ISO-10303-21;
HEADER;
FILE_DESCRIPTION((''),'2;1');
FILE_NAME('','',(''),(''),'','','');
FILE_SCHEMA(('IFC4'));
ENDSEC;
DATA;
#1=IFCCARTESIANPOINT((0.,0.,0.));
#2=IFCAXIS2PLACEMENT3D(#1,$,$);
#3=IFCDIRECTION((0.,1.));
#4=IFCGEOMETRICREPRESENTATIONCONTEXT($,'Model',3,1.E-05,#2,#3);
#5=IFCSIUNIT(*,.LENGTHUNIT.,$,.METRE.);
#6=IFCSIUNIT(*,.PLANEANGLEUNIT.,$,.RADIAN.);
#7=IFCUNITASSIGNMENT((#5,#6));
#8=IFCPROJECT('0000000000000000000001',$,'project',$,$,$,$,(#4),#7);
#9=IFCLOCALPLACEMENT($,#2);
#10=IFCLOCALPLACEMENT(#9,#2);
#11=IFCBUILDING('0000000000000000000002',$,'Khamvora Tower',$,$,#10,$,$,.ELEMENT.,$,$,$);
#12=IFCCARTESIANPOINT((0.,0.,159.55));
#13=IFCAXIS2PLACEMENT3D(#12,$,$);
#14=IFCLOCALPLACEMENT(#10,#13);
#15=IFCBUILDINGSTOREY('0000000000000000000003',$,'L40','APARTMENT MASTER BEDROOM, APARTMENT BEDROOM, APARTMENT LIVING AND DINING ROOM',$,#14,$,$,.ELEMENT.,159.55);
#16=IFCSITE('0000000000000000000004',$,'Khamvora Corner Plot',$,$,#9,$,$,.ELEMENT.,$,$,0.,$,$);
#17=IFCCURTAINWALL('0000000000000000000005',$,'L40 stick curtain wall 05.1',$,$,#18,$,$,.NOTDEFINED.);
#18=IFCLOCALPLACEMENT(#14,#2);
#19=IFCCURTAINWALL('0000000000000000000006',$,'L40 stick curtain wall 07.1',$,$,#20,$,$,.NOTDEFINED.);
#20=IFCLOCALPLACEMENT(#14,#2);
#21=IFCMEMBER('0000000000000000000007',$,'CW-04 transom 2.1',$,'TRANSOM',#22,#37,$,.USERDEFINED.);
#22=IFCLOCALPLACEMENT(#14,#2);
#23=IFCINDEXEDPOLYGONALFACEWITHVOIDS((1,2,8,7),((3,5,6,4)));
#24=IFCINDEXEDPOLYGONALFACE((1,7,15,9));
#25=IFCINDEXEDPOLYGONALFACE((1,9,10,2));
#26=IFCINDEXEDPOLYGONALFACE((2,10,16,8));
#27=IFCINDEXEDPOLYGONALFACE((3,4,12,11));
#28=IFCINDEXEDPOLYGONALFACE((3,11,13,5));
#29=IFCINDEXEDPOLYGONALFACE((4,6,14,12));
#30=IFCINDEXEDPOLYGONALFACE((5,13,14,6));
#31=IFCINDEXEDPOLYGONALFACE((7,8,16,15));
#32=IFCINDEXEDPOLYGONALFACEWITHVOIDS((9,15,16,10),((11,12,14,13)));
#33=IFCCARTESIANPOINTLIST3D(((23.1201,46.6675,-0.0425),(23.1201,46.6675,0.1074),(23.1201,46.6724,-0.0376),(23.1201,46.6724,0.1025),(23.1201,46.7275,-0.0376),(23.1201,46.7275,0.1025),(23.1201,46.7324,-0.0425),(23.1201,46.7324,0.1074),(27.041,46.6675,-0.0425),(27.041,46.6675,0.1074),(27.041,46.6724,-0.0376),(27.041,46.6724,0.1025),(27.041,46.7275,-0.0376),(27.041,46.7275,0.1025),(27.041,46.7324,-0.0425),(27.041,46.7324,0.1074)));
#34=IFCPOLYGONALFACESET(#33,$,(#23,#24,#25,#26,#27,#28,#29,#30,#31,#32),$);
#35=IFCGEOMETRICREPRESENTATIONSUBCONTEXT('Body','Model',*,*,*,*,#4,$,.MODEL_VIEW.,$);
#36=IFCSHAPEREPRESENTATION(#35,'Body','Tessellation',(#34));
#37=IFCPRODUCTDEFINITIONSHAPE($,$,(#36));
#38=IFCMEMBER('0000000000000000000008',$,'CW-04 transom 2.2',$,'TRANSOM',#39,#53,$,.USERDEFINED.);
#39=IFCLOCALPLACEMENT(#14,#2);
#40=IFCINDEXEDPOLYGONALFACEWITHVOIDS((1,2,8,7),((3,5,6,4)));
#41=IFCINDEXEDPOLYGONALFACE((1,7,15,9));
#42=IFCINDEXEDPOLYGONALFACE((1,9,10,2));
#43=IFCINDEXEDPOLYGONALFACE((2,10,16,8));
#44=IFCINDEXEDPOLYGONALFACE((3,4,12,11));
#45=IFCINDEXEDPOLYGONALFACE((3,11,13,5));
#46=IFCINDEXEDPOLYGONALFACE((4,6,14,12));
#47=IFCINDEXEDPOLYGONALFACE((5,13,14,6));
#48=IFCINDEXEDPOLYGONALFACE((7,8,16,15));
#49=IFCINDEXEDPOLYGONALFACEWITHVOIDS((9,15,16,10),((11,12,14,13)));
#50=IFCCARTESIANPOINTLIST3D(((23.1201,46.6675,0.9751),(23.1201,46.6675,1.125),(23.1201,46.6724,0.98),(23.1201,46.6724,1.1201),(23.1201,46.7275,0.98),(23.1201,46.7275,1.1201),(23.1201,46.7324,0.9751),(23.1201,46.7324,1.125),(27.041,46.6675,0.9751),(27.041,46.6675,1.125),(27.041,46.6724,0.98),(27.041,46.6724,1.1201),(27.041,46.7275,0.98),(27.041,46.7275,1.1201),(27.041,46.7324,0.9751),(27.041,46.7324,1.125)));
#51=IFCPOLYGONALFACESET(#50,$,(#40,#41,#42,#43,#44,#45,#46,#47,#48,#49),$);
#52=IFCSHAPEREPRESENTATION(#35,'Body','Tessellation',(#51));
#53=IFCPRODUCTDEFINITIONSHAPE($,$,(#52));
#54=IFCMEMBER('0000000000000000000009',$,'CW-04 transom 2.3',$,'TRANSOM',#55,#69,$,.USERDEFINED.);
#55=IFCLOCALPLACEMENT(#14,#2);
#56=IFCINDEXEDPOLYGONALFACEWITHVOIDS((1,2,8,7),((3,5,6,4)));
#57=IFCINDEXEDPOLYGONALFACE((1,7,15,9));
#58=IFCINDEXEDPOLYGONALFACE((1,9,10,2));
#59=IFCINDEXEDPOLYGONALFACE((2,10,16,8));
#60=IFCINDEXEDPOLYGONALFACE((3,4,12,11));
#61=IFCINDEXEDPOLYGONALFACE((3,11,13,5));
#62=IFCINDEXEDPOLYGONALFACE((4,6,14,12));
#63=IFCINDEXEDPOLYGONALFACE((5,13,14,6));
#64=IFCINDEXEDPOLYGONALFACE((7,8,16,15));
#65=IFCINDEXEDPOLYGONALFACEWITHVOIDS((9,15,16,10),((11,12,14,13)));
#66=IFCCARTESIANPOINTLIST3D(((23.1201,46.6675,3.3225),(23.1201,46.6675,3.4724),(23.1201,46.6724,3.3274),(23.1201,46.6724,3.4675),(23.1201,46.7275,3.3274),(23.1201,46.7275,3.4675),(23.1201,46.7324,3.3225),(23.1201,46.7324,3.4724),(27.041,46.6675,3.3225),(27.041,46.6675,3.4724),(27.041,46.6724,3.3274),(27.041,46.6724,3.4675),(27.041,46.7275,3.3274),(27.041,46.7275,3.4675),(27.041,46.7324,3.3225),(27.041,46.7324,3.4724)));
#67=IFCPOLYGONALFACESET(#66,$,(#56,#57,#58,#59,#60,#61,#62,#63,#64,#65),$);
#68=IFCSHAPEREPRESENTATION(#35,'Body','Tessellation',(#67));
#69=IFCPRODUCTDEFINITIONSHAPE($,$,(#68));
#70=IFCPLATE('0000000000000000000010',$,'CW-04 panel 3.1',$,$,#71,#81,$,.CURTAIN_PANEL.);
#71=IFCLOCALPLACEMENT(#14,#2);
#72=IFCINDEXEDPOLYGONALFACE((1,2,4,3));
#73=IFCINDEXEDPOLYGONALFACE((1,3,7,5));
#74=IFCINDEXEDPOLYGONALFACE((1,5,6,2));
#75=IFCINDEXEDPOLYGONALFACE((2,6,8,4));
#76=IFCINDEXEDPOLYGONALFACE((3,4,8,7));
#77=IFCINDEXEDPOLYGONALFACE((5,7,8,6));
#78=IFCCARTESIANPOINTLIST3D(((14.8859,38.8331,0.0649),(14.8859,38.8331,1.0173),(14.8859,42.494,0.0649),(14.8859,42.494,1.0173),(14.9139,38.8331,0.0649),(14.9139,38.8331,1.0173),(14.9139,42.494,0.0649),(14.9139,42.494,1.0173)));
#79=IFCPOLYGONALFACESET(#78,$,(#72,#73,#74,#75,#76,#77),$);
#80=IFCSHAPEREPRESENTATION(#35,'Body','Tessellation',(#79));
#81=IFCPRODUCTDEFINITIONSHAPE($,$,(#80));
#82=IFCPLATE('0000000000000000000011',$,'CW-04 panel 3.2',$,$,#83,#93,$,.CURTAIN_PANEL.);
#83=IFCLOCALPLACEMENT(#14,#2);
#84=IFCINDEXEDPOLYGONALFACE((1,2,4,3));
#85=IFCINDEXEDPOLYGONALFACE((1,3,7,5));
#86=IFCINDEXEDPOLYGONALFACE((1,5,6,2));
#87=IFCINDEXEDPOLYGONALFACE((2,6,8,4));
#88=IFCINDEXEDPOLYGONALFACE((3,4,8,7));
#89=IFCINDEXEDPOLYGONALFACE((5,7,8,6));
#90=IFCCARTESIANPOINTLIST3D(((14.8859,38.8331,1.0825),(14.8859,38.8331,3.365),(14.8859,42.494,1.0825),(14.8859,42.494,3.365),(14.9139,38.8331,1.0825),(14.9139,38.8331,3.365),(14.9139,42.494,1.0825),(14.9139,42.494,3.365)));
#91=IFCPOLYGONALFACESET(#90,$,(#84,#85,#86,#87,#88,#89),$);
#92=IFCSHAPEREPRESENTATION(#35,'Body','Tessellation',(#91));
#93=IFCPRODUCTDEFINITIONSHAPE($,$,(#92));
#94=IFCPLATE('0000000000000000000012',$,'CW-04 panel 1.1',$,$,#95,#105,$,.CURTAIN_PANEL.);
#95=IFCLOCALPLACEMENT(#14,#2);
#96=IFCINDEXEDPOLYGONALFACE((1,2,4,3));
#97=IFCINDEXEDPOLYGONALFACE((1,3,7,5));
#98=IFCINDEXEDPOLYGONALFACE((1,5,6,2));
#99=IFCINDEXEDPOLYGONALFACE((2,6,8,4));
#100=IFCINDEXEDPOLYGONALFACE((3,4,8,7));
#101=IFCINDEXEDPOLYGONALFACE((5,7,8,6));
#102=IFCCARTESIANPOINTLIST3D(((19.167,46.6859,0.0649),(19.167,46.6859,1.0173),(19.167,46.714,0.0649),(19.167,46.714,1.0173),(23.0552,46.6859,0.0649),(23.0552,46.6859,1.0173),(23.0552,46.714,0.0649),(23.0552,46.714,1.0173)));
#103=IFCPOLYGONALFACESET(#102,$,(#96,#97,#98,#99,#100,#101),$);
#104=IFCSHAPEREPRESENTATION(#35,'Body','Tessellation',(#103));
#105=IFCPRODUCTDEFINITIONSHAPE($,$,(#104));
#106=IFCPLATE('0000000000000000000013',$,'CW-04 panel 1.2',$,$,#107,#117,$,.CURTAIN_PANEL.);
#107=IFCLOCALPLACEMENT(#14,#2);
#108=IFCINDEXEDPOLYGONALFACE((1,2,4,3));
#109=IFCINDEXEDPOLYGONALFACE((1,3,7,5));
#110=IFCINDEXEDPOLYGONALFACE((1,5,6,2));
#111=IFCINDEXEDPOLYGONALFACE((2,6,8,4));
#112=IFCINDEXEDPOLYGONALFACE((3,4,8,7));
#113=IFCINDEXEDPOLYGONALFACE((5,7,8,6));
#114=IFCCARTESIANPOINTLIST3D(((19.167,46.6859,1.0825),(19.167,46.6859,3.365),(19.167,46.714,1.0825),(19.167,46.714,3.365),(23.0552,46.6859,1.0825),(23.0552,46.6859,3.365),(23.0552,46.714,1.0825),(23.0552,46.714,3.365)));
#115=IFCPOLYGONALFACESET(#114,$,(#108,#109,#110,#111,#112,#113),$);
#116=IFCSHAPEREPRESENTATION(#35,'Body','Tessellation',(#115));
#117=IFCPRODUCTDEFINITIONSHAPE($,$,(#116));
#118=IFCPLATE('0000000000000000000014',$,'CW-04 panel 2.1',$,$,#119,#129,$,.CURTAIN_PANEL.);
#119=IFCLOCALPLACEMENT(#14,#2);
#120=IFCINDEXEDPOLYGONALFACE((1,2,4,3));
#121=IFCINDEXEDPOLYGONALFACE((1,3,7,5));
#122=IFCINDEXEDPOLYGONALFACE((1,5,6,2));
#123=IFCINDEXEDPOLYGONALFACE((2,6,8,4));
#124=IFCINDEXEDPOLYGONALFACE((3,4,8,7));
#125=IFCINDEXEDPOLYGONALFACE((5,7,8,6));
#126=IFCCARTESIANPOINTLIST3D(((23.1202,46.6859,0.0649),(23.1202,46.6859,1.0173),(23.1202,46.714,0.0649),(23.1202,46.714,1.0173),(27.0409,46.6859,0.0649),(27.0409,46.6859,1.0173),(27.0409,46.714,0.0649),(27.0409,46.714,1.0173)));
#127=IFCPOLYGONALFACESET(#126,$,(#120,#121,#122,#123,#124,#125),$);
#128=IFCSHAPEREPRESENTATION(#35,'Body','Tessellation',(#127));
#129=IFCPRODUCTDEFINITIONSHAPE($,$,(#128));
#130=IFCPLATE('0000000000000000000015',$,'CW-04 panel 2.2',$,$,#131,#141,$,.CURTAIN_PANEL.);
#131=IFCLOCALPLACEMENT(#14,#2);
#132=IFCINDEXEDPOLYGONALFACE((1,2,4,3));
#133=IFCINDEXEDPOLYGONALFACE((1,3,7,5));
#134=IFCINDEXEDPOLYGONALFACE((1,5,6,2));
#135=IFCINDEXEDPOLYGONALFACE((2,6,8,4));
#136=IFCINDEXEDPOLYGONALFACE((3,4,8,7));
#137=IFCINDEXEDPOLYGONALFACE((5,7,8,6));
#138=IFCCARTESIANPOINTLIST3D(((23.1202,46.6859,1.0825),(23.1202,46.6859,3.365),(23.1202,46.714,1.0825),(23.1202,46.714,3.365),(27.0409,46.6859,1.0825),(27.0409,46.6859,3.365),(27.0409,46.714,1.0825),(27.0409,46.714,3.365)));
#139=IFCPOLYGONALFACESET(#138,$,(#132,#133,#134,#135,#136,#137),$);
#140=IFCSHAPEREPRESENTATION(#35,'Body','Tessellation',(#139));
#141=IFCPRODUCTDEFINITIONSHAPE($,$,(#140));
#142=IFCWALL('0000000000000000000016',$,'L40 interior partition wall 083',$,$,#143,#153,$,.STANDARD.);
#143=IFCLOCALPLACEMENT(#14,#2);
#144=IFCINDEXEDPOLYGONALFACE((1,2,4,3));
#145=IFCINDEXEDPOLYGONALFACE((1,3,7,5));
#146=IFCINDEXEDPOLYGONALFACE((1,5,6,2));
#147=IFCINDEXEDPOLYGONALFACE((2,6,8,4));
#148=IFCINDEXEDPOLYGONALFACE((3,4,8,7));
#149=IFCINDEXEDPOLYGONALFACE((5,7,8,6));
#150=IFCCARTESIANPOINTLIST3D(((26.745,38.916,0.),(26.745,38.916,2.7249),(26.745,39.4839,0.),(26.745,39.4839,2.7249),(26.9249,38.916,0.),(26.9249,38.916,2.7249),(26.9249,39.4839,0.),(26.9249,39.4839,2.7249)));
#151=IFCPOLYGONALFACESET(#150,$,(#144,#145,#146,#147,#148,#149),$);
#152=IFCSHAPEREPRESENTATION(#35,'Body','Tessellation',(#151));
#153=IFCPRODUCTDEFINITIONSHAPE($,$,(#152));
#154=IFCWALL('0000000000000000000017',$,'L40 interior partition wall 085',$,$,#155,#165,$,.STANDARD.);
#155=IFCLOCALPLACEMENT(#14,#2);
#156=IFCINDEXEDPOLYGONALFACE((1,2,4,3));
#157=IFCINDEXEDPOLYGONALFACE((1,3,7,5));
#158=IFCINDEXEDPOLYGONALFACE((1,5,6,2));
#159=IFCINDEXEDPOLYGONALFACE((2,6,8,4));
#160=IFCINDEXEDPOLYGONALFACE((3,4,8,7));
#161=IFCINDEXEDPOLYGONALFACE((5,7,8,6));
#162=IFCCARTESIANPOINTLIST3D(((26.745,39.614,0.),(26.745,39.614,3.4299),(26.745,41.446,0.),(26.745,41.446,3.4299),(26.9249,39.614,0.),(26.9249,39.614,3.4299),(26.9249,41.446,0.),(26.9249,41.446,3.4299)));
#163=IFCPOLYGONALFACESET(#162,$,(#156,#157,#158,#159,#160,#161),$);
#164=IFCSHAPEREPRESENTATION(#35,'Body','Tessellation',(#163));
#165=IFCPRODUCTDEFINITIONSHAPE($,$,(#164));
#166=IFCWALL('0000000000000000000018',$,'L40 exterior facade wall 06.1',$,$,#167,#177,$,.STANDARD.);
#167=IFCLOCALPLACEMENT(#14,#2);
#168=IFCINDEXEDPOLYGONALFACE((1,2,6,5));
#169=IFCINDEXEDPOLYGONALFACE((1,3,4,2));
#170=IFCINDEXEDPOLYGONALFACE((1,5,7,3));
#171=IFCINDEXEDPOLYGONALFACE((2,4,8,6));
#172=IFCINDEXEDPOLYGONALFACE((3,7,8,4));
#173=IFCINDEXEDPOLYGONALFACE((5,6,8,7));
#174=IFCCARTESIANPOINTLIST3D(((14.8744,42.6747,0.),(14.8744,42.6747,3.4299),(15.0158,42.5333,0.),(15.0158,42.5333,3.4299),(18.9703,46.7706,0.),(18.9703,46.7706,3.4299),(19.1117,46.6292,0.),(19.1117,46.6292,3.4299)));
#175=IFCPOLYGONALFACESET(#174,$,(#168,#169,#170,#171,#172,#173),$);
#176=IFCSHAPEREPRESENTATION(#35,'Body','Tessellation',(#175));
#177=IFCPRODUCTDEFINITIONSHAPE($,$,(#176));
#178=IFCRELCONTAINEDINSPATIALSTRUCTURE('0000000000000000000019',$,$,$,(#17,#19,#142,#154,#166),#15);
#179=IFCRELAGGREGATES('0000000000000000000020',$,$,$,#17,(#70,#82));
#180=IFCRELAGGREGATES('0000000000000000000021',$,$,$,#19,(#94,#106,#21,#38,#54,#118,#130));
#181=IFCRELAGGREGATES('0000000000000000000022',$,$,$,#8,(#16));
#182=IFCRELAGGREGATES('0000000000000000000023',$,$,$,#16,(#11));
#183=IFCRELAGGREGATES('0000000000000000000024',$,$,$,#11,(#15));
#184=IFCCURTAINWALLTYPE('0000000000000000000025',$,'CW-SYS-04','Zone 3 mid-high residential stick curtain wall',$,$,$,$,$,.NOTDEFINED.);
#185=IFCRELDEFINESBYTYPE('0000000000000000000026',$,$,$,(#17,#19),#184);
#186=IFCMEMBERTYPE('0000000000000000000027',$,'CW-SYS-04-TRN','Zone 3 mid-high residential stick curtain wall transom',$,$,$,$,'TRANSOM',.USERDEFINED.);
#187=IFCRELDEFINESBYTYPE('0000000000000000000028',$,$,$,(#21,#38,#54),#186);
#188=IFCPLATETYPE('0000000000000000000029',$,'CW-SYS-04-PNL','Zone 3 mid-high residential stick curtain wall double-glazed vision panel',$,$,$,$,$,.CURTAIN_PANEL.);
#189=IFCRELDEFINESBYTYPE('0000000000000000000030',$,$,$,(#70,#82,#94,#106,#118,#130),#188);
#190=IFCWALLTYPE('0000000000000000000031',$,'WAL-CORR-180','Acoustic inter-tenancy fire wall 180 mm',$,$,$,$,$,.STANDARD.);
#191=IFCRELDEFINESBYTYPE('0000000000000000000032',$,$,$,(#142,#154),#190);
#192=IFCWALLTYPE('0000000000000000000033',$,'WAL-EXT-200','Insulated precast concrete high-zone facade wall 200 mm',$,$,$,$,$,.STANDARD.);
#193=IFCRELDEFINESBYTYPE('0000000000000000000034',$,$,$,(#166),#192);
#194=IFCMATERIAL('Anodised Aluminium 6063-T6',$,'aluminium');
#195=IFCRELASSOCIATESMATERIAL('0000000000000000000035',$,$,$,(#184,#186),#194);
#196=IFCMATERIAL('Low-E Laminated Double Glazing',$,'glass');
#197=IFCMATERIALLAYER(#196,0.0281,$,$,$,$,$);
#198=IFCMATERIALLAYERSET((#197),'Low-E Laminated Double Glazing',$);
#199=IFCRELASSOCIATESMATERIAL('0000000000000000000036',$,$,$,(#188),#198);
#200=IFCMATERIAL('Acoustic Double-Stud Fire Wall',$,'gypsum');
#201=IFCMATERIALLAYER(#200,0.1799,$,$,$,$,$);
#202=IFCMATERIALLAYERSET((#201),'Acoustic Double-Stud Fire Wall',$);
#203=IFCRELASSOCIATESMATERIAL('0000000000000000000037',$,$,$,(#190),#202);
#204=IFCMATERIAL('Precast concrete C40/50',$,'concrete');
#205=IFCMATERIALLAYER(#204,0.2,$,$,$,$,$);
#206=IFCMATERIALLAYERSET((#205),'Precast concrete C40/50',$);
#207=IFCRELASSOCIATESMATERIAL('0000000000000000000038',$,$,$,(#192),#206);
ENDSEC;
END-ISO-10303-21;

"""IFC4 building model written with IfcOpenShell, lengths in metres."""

from ifc_helpers import new_model, si_unit, direction, frame, frame_2d, origin, origin_2d, place, context, subcontext, project, spatial, rectangle, hollow_rectangle, extrude, material, layer, layer_set, material_profile, profile_set, type_object, element, aggregate, save


model = new_model("IFC4")

# Units and contexts
model_context = context("Model", 3, precision=1e-05, world=origin(), true_north=direction((0.0, 1.0)))
body_context = subcontext(model_context, "Body", "Model", "MODEL_VIEW")
ifc_project = project(units=[si_unit("LENGTHUNIT", "METRE"), si_unit("PLANEANGLEUNIT", "RADIAN")], contexts=[model_context])

# Site, building, storey
site_placement = place(None, origin())
site = spatial("IfcSite", under=ifc_project, at=site_placement, Name="Khamvora Corner Plot", CompositionType="ELEMENT", RefElevation=0.0)
building_placement = place(site_placement, origin())
building = spatial("IfcBuilding", under=site, at=building_placement, Name="Khamvora Tower", CompositionType="ELEMENT")
storey_placement = place(building_placement, frame((0.0, 0.0, 159.55)))
storey = spatial("IfcBuildingStorey", under=building, at=storey_placement, Name="L40", Description="APARTMENT MASTER BEDROOM, APARTMENT BEDROOM, APARTMENT LIVING AND DINING ROOM", CompositionType="ELEMENT", Elevation=159.55)

# Curtain wall
ifc_material_1 = material(Name="Anodised Aluminium 6063-T6", Category="aluminium")
curtain_wall_type = type_object("IfcCurtainWallType", Name="CW-SYS-04", Description="Zone 3 mid-high residential stick curtain wall", PredefinedType="NOTDEFINED", material=ifc_material_1)
curtain_wall_1_placement = place(storey_placement, origin())
curtain_wall_1 = element("IfcCurtainWall", 1, at=curtain_wall_1_placement, inside=storey, type_object=curtain_wall_type, Name="L40 stick curtain wall 05.1", PredefinedType="NOTDEFINED")

# Curtain wall
curtain_wall_2_placement = place(storey_placement, origin())
curtain_wall_2 = element("IfcCurtainWall", 2, at=curtain_wall_2_placement, inside=storey, type_object=curtain_wall_type, Name="L40 stick curtain wall 07.1", PredefinedType="NOTDEFINED")

# Members
ifc_material_profile_1 = material_profile(ifc_material_1, hollow_rectangle(XDim=0.0649, YDim=0.1499, WallThickness=0.0049, at=origin_2d()), Name="TRN65x150x5")
ifc_profile_set_1 = profile_set([ifc_material_profile_1], Name="Anodised Aluminium 6063-T6")
member_type_1 = type_object("IfcMemberType", Name="CW-SYS-04-TRN", Description="Zone 3 mid-high residential stick curtain wall transom", ElementType="TRANSOM", PredefinedType="USERDEFINED", material=ifc_profile_set_1)
member_1_placement = place(storey_placement, frame((23.1201, 46.7, 0.0325), z_axis=(1.0, 0.0, 0.0), x_axis=(0.0, 1.0, 0.0)))
member_1 = element("IfcMember", 3, at=member_1_placement, type_object=member_type_1, Name="CW-04 transom 2.1", ObjectType="TRANSOM", PredefinedType="USERDEFINED", context=body_context, shape_type="SweptSolid", body=[
    extrude(hollow_rectangle(XDim=0.0649, YDim=0.1499, WallThickness=0.0049, at=origin_2d()), origin(), (0.0, 0.0, 1.0), 3.9209),
])
member_2_placement = place(storey_placement, frame((23.1201, 46.7, 1.05), z_axis=(1.0, 0.0, 0.0), x_axis=(0.0, 1.0, 0.0)))
member_2 = element("IfcMember", 4, at=member_2_placement, type_object=member_type_1, Name="CW-04 transom 2.2", ObjectType="TRANSOM", PredefinedType="USERDEFINED", context=body_context, shape_type="SweptSolid", body=[
    extrude(hollow_rectangle(XDim=0.0649, YDim=0.1499, WallThickness=0.0049, at=origin_2d()), origin(), (0.0, 0.0, 1.0), 3.9209),
])
member_3_placement = place(storey_placement, frame((23.1201, 46.7, 3.3975), z_axis=(1.0, 0.0, 0.0), x_axis=(0.0, 1.0, 0.0)))
member_3 = element("IfcMember", 5, at=member_3_placement, type_object=member_type_1, Name="CW-04 transom 2.3", ObjectType="TRANSOM", PredefinedType="USERDEFINED", context=body_context, shape_type="SweptSolid", body=[
    extrude(hollow_rectangle(XDim=0.0649, YDim=0.1499, WallThickness=0.0049, at=origin_2d()), origin(), (0.0, 0.0, 1.0), 3.9209),
])

# Plates
ifc_material_2 = material(Name="Low-E Laminated Double Glazing", Category="glass")
ifc_layer_1 = layer(ifc_material_2, 0.0281)
ifc_layer_set_1 = layer_set([ifc_layer_1], Name="Low-E Laminated Double Glazing")
plate_type = type_object("IfcPlateType", Name="CW-SYS-04-PNL", Description="Zone 3 mid-high residential stick curtain wall double-glazed vision panel", PredefinedType="CURTAIN_PANEL", material=ifc_layer_set_1)
plate_1_placement = place(storey_placement, frame((14.8999, 40.6636, 0.0649), z_axis=(0.0, 0.0, 1.0), x_axis=(0.0, 1.0, 0.0)))
plate_1 = element("IfcPlate", 6, at=plate_1_placement, type_object=plate_type, Name="CW-04 panel 3.1", PredefinedType="CURTAIN_PANEL", context=body_context, shape_type="SweptSolid", body=[
    extrude(rectangle(XDim=3.6609, YDim=0.0281, at=origin_2d()), origin(), (0.0, 0.0, 1.0), 0.9524),
])
plate_2_placement = place(storey_placement, frame((14.8999, 40.6636, 1.0825), z_axis=(0.0, 0.0, 1.0), x_axis=(0.0, 1.0, 0.0)))
plate_2 = element("IfcPlate", 7, at=plate_2_placement, type_object=plate_type, Name="CW-04 panel 3.2", PredefinedType="CURTAIN_PANEL", context=body_context, shape_type="SweptSolid", body=[
    extrude(rectangle(XDim=3.6609, YDim=0.0281, at=origin_2d()), origin(), (0.0, 0.0, 1.0), 2.2825),
])
aggregate(curtain_wall_1, [plate_1, plate_2])
plate_3_placement = place(storey_placement, frame((21.1111, 46.7, 0.0649), z_axis=(0.0, 0.0, 1.0), x_axis=(1.0, 0.0, 0.0)))
plate_3 = element("IfcPlate", 8, at=plate_3_placement, type_object=plate_type, Name="CW-04 panel 1.1", PredefinedType="CURTAIN_PANEL", context=body_context, shape_type="SweptSolid", body=[
    extrude(rectangle(XDim=3.8882, YDim=0.0281, at=origin_2d()), origin(), (0.0, 0.0, 1.0), 0.9524),
])
plate_4_placement = place(storey_placement, frame((21.1111, 46.7, 1.0825), z_axis=(0.0, 0.0, 1.0), x_axis=(1.0, 0.0, 0.0)))
plate_4 = element("IfcPlate", 9, at=plate_4_placement, type_object=plate_type, Name="CW-04 panel 1.2", PredefinedType="CURTAIN_PANEL", context=body_context, shape_type="SweptSolid", body=[
    extrude(rectangle(XDim=3.8882, YDim=0.0281, at=origin_2d()), origin(), (0.0, 0.0, 1.0), 2.2825),
])
plate_5_placement = place(storey_placement, frame((25.0806, 46.7, 0.0649), z_axis=(0.0, 0.0, 1.0), x_axis=(1.0, 0.0, 0.0)))
plate_5 = element("IfcPlate", 10, at=plate_5_placement, type_object=plate_type, Name="CW-04 panel 2.1", PredefinedType="CURTAIN_PANEL", context=body_context, shape_type="SweptSolid", body=[
    extrude(rectangle(XDim=3.9207, YDim=0.0281, at=origin_2d()), origin(), (0.0, 0.0, 1.0), 0.9524),
])
plate_6_placement = place(storey_placement, frame((25.0806, 46.7, 1.0825), z_axis=(0.0, 0.0, 1.0), x_axis=(1.0, 0.0, 0.0)))
plate_6 = element("IfcPlate", 11, at=plate_6_placement, type_object=plate_type, Name="CW-04 panel 2.2", PredefinedType="CURTAIN_PANEL", context=body_context, shape_type="SweptSolid", body=[
    extrude(rectangle(XDim=3.9207, YDim=0.0281, at=origin_2d()), origin(), (0.0, 0.0, 1.0), 2.2825),
])
aggregate(curtain_wall_2, [plate_3, plate_4, member_1, member_2, member_3, plate_5, plate_6])

# Walls
ifc_material_3 = material(Name="Acoustic Double-Stud Fire Wall", Category="gypsum")
ifc_layer_2 = layer(ifc_material_3, 0.1799)
ifc_layer_set_2 = layer_set([ifc_layer_2], Name="Acoustic Double-Stud Fire Wall")
wall_type_1 = type_object("IfcWallType", Name="WAL-CORR-180", Description="Acoustic inter-tenancy fire wall 180 mm", PredefinedType="STANDARD", material=ifc_layer_set_2)
wall_1_placement = place(storey_placement, frame((26.835, 39.4839, 0.0), z_axis=(0.0, 0.0, 1.0), x_axis=(0.0, -1.0, 0.0)))
element("IfcWall", 12, at=wall_1_placement, inside=storey, type_object=wall_type_1, Name="L40 interior partition wall 083", PredefinedType="STANDARD", context=body_context, shape_type="SweptSolid", body=[
    extrude(rectangle(XDim=0.5679, YDim=0.1799, at=frame_2d((0.2839, 0.0))), origin(), (0.0, 0.0, 1.0), 2.7249),
])
wall_2_placement = place(storey_placement, frame((26.835, 41.446, 0.0), z_axis=(0.0, 0.0, 1.0), x_axis=(0.0, -1.0, 0.0)))
element("IfcWall", 13, at=wall_2_placement, inside=storey, type_object=wall_type_1, Name="L40 interior partition wall 085", PredefinedType="STANDARD", context=body_context, shape_type="SweptSolid", body=[
    extrude(rectangle(XDim=1.832, YDim=0.1799, at=frame_2d((0.916, 0.0))), origin(), (0.0, 0.0, 1.0), 3.4299),
])
ifc_material_4 = material(Name="Precast concrete C40/50", Category="concrete")
ifc_layer_3 = layer(ifc_material_4, 0.2)
ifc_layer_set_3 = layer_set([ifc_layer_3], Name="Precast concrete C40/50")
wall_type_2 = type_object("IfcWallType", Name="WAL-EXT-200", Description="Insulated precast concrete high-zone facade wall 200 mm", PredefinedType="STANDARD", material=ifc_layer_set_3)
wall_3_placement = place(storey_placement, frame((14.9451, 42.604, 0.0), z_axis=(0.0, 0.0, 1.0), x_axis=(0.707107, 0.707107, 0.0)))
element("IfcWall", 14, at=wall_3_placement, inside=storey, type_object=wall_type_2, Name="L40 exterior facade wall 06.1", PredefinedType="STANDARD", context=body_context, shape_type="SweptSolid", body=[
    extrude(rectangle(XDim=5.7925, YDim=0.2, at=frame_2d((2.8962, 0.0))), origin(), (0.0, 0.0, 1.0), 3.4299),
])

save(model, "model.ifc")
